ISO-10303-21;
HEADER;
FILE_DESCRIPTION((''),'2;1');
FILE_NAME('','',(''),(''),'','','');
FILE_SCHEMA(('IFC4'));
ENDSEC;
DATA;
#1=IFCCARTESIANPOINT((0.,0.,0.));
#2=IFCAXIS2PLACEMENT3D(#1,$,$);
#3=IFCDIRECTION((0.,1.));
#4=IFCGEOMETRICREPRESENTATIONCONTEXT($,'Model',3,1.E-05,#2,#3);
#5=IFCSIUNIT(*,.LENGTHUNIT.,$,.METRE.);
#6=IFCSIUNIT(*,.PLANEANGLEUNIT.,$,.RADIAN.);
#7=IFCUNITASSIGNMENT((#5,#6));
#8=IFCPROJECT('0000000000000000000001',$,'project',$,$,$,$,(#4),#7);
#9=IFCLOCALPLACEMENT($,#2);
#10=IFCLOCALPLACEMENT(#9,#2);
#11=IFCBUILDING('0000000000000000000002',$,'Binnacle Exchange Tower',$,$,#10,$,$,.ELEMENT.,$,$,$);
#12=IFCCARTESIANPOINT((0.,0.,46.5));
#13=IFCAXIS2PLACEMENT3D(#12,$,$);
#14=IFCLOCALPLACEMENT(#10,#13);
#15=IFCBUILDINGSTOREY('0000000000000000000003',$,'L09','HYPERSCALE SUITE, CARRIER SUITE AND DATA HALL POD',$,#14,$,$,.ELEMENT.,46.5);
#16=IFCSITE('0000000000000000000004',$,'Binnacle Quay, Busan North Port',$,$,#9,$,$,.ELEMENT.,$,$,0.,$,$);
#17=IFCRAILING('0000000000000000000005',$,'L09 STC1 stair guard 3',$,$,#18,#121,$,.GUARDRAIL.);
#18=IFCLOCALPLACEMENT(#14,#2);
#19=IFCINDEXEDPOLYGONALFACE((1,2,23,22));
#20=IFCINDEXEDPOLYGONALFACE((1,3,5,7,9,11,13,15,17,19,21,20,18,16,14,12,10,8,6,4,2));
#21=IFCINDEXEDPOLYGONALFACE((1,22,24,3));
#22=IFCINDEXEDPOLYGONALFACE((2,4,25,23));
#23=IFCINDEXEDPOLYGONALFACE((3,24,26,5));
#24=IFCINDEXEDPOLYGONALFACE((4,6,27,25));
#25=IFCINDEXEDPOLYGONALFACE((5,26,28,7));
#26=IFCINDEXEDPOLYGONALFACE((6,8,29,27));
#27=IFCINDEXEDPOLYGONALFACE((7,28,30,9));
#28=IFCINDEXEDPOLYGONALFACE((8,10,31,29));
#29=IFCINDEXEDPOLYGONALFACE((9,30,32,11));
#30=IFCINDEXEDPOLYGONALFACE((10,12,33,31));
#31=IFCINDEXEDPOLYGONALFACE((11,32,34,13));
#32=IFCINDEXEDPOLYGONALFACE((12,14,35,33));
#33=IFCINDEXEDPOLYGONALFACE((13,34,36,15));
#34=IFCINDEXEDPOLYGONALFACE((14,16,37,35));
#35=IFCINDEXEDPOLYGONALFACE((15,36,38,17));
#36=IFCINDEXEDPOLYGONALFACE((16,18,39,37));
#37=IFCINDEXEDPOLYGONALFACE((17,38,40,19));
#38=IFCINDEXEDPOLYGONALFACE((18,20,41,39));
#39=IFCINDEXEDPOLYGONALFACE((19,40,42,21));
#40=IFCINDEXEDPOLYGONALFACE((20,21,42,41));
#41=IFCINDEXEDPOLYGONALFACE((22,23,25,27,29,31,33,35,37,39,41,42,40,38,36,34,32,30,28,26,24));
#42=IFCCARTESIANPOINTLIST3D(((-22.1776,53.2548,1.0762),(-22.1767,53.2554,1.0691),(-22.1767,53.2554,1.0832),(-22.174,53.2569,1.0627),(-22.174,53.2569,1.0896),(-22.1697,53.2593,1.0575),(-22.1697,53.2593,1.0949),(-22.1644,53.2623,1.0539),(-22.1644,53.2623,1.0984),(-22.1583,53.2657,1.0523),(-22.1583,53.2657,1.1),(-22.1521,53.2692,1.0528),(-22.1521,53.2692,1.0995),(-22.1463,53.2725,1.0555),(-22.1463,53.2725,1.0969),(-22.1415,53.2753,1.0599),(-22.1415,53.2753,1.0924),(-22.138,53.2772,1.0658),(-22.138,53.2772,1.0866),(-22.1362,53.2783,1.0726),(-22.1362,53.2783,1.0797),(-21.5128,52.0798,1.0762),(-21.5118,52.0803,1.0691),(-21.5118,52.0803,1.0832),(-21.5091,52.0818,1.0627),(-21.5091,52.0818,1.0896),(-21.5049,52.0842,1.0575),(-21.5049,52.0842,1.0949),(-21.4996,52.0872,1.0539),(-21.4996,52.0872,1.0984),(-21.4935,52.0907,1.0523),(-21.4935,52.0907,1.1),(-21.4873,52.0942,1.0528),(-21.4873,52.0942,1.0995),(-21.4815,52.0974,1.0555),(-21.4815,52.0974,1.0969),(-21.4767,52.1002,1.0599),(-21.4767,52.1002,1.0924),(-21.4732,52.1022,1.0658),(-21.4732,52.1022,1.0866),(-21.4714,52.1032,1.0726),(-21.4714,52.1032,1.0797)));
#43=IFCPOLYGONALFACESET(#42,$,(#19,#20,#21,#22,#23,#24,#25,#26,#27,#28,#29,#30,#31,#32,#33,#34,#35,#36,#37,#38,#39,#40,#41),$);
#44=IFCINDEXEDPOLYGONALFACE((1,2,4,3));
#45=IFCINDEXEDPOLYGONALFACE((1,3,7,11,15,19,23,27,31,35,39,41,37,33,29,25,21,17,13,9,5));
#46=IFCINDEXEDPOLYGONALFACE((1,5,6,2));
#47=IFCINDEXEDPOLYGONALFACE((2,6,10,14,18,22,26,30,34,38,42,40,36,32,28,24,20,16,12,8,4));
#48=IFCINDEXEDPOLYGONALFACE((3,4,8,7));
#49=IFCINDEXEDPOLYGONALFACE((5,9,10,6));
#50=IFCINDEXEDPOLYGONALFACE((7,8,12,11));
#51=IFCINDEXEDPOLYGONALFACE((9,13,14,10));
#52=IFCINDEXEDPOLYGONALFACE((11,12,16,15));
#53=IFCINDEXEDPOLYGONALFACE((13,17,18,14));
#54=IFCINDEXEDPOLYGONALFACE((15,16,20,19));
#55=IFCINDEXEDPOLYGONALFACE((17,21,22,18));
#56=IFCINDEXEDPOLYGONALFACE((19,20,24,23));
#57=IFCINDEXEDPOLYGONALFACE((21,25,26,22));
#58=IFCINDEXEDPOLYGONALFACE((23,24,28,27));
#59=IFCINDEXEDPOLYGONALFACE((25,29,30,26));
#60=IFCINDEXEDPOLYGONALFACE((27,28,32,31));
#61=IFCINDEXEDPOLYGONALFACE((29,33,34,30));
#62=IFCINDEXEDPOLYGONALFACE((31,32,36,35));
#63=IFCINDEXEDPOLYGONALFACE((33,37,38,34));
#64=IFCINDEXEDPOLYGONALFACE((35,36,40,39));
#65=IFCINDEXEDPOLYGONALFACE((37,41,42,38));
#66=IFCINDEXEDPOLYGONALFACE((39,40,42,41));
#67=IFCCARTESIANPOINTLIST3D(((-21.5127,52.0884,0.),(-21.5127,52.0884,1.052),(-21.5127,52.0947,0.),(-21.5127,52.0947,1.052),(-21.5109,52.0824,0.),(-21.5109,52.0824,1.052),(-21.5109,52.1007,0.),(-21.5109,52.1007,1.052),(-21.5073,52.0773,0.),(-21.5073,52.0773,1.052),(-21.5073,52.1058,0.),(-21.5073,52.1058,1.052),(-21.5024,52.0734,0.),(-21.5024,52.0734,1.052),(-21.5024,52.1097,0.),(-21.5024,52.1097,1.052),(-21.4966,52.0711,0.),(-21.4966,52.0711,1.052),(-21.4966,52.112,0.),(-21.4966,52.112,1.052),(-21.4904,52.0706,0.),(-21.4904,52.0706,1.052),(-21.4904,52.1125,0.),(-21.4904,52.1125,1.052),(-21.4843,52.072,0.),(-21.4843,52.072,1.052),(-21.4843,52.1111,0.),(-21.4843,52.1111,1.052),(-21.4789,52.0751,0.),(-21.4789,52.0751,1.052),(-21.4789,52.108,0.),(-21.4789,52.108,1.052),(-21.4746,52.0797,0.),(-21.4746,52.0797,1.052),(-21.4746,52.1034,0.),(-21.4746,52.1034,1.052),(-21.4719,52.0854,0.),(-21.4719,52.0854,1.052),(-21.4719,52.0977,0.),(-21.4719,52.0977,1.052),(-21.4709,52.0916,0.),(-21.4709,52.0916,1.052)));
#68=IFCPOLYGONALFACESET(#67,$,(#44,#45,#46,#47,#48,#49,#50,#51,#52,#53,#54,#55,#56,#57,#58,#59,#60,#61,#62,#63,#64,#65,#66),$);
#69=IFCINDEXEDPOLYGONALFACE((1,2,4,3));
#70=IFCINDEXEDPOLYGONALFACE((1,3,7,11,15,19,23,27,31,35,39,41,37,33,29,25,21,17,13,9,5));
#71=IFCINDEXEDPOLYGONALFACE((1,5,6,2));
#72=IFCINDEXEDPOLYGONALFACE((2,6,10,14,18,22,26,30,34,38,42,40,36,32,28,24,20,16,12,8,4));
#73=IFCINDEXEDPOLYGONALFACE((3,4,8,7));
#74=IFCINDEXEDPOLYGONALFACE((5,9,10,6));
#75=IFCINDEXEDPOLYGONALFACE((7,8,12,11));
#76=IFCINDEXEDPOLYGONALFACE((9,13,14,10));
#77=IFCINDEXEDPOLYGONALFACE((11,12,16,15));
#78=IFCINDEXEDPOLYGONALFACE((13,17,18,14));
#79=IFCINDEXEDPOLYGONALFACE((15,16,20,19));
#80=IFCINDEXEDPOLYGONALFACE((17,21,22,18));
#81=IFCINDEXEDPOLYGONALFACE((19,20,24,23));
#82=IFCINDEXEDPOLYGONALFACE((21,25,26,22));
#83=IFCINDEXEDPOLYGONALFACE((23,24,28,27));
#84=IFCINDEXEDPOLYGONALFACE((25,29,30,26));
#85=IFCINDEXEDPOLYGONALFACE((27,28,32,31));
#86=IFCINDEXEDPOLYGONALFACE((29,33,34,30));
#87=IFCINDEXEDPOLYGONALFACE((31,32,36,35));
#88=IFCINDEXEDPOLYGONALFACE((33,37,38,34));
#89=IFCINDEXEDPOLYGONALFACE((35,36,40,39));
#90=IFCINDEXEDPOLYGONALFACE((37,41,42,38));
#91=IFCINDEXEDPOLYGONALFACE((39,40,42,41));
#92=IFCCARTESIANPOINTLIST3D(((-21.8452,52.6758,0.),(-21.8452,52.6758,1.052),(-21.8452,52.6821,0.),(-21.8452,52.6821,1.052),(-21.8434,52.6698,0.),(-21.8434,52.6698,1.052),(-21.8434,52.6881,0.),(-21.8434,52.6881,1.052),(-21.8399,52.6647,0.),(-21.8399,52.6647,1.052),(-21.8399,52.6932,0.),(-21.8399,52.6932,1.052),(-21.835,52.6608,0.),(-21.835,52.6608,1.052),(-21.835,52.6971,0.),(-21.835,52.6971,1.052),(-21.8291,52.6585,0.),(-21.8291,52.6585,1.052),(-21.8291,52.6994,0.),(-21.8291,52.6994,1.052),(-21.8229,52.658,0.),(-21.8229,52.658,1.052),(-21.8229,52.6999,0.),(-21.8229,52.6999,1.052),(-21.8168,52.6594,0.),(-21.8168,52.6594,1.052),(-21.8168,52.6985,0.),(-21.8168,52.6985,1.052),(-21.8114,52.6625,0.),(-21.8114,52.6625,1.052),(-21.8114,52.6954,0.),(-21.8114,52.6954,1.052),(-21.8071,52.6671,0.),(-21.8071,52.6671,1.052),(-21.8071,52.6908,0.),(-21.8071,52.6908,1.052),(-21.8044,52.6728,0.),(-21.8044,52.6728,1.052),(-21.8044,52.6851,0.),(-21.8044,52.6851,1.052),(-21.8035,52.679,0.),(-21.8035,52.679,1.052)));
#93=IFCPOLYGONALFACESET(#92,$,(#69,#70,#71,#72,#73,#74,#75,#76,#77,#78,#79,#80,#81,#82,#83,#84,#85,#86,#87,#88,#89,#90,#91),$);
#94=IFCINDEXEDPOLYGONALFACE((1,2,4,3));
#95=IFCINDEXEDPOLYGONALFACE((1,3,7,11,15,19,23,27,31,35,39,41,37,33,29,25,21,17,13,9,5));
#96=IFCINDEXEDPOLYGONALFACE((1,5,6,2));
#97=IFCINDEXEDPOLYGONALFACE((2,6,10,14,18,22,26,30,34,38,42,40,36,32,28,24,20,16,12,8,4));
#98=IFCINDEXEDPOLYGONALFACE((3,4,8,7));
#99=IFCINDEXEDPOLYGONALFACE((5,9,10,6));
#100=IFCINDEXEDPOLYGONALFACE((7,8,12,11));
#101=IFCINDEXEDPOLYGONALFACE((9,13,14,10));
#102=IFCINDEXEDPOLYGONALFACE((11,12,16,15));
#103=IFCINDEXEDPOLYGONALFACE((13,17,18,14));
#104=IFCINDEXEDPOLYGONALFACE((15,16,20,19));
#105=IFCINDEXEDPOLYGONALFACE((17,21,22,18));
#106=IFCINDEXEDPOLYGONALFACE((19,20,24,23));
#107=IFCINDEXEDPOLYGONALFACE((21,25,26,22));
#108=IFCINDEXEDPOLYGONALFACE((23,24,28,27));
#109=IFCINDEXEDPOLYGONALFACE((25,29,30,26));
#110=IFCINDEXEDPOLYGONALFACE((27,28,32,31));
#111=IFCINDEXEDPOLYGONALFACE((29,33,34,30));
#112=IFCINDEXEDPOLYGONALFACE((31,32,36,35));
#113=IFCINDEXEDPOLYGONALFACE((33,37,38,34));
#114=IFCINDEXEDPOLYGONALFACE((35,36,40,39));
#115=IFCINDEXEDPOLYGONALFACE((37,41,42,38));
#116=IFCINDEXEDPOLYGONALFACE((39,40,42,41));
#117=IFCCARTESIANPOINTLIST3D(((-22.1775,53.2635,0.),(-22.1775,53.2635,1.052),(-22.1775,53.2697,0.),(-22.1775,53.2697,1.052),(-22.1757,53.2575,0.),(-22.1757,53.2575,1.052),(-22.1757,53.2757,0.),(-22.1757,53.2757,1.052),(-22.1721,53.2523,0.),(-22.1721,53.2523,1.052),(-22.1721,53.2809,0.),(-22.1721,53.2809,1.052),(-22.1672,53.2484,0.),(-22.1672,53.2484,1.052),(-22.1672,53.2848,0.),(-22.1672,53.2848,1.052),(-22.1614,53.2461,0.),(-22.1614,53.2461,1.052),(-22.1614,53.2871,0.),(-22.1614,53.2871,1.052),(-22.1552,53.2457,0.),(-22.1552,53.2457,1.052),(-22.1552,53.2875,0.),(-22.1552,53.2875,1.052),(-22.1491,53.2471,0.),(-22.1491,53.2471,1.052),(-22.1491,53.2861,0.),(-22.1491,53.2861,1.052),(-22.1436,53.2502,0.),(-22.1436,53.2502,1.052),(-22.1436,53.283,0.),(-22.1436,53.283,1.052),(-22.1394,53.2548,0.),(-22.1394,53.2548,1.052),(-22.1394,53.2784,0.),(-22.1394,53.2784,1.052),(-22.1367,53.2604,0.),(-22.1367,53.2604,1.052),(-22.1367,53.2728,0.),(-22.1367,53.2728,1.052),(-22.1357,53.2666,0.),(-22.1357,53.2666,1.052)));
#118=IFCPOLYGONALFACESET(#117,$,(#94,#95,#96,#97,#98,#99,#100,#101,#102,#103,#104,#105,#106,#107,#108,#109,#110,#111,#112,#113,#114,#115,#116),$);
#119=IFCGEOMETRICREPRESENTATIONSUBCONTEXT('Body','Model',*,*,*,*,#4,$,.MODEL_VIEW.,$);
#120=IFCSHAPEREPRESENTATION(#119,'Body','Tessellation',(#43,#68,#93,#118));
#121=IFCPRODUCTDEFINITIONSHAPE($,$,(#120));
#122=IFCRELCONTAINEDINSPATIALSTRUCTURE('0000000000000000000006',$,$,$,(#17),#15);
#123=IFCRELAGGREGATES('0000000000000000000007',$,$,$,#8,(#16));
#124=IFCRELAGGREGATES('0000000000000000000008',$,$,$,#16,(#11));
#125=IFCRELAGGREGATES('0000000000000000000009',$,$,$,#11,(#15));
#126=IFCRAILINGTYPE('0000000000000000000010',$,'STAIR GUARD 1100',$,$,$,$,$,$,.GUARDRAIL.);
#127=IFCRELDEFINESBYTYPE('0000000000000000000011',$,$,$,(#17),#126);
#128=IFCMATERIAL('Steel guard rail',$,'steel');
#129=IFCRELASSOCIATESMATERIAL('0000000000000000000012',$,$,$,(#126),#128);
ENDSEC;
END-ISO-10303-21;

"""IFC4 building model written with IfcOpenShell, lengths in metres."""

from ifc_helpers import new_model, si_unit, direction, frame, origin, origin_2d, place, context, subcontext, project, spatial, circle, extrude, material, type_object, element, save


model = new_model("IFC4")

# Units and contexts
model_context = context("Model", 3, precision=1e-05, world=origin(), true_north=direction((0.0, 1.0)))
body_context = subcontext(model_context, "Body", "Model", "MODEL_VIEW")
ifc_project = project(units=[si_unit("LENGTHUNIT", "METRE"), si_unit("PLANEANGLEUNIT", "RADIAN")], contexts=[model_context])

# Site, building, storey
site_placement = place(None, origin())
site = spatial("IfcSite", under=ifc_project, at=site_placement, Name="Binnacle Quay, Busan North Port", CompositionType="ELEMENT", RefElevation=0.0)
building_placement = place(site_placement, origin())
building = spatial("IfcBuilding", under=site, at=building_placement, Name="Binnacle Exchange Tower", CompositionType="ELEMENT")
storey_placement = place(building_placement, frame((0.0, 0.0, 46.5)))
storey = spatial("IfcBuildingStorey", under=building, at=storey_placement, Name="L09", Description="HYPERSCALE SUITE, CARRIER SUITE AND DATA HALL POD", CompositionType="ELEMENT", Elevation=46.5)

# Railing
ifc_material_1 = material(Name="Steel guard rail", Category="steel")
railing_type_1 = type_object("IfcRailingType", Name="STAIR GUARD 1100", PredefinedType="GUARDRAIL", material=ifc_material_1)
railing_1_placement = place(storey_placement, frame((-21.4919, 52.0916, 0.0)))
element("IfcRailing", 1, at=railing_1_placement, inside=storey, type_object=railing_type_1, Name="L09 STC1 stair guard 3", PredefinedType="GUARDRAIL", context=body_context, shape_type="SweptSolid", body=[
    extrude(circle(Radius=0.0239, at=origin_2d()), frame((0.0, 0.0, 1.0762), z_axis=(-0.492415, 0.870361, 0.0), x_axis=(-0.870361, -0.492415, 0.0)), (0.0, 0.0, 1.0), 1.3501),
    extrude(circle(Radius=0.021, at=origin_2d()), origin(), (0.0, 0.0, 1.0), 1.052),
    extrude(circle(Radius=0.021, at=origin_2d()), frame((-0.3325, 0.5874, 0.0)), (0.0, 0.0, 1.0), 1.052),
    extrude(circle(Radius=0.021, at=origin_2d()), frame((-0.6648, 1.175, 0.0)), (0.0, 0.0, 1.0), 1.052),
])

save(model, "model.ifc")
